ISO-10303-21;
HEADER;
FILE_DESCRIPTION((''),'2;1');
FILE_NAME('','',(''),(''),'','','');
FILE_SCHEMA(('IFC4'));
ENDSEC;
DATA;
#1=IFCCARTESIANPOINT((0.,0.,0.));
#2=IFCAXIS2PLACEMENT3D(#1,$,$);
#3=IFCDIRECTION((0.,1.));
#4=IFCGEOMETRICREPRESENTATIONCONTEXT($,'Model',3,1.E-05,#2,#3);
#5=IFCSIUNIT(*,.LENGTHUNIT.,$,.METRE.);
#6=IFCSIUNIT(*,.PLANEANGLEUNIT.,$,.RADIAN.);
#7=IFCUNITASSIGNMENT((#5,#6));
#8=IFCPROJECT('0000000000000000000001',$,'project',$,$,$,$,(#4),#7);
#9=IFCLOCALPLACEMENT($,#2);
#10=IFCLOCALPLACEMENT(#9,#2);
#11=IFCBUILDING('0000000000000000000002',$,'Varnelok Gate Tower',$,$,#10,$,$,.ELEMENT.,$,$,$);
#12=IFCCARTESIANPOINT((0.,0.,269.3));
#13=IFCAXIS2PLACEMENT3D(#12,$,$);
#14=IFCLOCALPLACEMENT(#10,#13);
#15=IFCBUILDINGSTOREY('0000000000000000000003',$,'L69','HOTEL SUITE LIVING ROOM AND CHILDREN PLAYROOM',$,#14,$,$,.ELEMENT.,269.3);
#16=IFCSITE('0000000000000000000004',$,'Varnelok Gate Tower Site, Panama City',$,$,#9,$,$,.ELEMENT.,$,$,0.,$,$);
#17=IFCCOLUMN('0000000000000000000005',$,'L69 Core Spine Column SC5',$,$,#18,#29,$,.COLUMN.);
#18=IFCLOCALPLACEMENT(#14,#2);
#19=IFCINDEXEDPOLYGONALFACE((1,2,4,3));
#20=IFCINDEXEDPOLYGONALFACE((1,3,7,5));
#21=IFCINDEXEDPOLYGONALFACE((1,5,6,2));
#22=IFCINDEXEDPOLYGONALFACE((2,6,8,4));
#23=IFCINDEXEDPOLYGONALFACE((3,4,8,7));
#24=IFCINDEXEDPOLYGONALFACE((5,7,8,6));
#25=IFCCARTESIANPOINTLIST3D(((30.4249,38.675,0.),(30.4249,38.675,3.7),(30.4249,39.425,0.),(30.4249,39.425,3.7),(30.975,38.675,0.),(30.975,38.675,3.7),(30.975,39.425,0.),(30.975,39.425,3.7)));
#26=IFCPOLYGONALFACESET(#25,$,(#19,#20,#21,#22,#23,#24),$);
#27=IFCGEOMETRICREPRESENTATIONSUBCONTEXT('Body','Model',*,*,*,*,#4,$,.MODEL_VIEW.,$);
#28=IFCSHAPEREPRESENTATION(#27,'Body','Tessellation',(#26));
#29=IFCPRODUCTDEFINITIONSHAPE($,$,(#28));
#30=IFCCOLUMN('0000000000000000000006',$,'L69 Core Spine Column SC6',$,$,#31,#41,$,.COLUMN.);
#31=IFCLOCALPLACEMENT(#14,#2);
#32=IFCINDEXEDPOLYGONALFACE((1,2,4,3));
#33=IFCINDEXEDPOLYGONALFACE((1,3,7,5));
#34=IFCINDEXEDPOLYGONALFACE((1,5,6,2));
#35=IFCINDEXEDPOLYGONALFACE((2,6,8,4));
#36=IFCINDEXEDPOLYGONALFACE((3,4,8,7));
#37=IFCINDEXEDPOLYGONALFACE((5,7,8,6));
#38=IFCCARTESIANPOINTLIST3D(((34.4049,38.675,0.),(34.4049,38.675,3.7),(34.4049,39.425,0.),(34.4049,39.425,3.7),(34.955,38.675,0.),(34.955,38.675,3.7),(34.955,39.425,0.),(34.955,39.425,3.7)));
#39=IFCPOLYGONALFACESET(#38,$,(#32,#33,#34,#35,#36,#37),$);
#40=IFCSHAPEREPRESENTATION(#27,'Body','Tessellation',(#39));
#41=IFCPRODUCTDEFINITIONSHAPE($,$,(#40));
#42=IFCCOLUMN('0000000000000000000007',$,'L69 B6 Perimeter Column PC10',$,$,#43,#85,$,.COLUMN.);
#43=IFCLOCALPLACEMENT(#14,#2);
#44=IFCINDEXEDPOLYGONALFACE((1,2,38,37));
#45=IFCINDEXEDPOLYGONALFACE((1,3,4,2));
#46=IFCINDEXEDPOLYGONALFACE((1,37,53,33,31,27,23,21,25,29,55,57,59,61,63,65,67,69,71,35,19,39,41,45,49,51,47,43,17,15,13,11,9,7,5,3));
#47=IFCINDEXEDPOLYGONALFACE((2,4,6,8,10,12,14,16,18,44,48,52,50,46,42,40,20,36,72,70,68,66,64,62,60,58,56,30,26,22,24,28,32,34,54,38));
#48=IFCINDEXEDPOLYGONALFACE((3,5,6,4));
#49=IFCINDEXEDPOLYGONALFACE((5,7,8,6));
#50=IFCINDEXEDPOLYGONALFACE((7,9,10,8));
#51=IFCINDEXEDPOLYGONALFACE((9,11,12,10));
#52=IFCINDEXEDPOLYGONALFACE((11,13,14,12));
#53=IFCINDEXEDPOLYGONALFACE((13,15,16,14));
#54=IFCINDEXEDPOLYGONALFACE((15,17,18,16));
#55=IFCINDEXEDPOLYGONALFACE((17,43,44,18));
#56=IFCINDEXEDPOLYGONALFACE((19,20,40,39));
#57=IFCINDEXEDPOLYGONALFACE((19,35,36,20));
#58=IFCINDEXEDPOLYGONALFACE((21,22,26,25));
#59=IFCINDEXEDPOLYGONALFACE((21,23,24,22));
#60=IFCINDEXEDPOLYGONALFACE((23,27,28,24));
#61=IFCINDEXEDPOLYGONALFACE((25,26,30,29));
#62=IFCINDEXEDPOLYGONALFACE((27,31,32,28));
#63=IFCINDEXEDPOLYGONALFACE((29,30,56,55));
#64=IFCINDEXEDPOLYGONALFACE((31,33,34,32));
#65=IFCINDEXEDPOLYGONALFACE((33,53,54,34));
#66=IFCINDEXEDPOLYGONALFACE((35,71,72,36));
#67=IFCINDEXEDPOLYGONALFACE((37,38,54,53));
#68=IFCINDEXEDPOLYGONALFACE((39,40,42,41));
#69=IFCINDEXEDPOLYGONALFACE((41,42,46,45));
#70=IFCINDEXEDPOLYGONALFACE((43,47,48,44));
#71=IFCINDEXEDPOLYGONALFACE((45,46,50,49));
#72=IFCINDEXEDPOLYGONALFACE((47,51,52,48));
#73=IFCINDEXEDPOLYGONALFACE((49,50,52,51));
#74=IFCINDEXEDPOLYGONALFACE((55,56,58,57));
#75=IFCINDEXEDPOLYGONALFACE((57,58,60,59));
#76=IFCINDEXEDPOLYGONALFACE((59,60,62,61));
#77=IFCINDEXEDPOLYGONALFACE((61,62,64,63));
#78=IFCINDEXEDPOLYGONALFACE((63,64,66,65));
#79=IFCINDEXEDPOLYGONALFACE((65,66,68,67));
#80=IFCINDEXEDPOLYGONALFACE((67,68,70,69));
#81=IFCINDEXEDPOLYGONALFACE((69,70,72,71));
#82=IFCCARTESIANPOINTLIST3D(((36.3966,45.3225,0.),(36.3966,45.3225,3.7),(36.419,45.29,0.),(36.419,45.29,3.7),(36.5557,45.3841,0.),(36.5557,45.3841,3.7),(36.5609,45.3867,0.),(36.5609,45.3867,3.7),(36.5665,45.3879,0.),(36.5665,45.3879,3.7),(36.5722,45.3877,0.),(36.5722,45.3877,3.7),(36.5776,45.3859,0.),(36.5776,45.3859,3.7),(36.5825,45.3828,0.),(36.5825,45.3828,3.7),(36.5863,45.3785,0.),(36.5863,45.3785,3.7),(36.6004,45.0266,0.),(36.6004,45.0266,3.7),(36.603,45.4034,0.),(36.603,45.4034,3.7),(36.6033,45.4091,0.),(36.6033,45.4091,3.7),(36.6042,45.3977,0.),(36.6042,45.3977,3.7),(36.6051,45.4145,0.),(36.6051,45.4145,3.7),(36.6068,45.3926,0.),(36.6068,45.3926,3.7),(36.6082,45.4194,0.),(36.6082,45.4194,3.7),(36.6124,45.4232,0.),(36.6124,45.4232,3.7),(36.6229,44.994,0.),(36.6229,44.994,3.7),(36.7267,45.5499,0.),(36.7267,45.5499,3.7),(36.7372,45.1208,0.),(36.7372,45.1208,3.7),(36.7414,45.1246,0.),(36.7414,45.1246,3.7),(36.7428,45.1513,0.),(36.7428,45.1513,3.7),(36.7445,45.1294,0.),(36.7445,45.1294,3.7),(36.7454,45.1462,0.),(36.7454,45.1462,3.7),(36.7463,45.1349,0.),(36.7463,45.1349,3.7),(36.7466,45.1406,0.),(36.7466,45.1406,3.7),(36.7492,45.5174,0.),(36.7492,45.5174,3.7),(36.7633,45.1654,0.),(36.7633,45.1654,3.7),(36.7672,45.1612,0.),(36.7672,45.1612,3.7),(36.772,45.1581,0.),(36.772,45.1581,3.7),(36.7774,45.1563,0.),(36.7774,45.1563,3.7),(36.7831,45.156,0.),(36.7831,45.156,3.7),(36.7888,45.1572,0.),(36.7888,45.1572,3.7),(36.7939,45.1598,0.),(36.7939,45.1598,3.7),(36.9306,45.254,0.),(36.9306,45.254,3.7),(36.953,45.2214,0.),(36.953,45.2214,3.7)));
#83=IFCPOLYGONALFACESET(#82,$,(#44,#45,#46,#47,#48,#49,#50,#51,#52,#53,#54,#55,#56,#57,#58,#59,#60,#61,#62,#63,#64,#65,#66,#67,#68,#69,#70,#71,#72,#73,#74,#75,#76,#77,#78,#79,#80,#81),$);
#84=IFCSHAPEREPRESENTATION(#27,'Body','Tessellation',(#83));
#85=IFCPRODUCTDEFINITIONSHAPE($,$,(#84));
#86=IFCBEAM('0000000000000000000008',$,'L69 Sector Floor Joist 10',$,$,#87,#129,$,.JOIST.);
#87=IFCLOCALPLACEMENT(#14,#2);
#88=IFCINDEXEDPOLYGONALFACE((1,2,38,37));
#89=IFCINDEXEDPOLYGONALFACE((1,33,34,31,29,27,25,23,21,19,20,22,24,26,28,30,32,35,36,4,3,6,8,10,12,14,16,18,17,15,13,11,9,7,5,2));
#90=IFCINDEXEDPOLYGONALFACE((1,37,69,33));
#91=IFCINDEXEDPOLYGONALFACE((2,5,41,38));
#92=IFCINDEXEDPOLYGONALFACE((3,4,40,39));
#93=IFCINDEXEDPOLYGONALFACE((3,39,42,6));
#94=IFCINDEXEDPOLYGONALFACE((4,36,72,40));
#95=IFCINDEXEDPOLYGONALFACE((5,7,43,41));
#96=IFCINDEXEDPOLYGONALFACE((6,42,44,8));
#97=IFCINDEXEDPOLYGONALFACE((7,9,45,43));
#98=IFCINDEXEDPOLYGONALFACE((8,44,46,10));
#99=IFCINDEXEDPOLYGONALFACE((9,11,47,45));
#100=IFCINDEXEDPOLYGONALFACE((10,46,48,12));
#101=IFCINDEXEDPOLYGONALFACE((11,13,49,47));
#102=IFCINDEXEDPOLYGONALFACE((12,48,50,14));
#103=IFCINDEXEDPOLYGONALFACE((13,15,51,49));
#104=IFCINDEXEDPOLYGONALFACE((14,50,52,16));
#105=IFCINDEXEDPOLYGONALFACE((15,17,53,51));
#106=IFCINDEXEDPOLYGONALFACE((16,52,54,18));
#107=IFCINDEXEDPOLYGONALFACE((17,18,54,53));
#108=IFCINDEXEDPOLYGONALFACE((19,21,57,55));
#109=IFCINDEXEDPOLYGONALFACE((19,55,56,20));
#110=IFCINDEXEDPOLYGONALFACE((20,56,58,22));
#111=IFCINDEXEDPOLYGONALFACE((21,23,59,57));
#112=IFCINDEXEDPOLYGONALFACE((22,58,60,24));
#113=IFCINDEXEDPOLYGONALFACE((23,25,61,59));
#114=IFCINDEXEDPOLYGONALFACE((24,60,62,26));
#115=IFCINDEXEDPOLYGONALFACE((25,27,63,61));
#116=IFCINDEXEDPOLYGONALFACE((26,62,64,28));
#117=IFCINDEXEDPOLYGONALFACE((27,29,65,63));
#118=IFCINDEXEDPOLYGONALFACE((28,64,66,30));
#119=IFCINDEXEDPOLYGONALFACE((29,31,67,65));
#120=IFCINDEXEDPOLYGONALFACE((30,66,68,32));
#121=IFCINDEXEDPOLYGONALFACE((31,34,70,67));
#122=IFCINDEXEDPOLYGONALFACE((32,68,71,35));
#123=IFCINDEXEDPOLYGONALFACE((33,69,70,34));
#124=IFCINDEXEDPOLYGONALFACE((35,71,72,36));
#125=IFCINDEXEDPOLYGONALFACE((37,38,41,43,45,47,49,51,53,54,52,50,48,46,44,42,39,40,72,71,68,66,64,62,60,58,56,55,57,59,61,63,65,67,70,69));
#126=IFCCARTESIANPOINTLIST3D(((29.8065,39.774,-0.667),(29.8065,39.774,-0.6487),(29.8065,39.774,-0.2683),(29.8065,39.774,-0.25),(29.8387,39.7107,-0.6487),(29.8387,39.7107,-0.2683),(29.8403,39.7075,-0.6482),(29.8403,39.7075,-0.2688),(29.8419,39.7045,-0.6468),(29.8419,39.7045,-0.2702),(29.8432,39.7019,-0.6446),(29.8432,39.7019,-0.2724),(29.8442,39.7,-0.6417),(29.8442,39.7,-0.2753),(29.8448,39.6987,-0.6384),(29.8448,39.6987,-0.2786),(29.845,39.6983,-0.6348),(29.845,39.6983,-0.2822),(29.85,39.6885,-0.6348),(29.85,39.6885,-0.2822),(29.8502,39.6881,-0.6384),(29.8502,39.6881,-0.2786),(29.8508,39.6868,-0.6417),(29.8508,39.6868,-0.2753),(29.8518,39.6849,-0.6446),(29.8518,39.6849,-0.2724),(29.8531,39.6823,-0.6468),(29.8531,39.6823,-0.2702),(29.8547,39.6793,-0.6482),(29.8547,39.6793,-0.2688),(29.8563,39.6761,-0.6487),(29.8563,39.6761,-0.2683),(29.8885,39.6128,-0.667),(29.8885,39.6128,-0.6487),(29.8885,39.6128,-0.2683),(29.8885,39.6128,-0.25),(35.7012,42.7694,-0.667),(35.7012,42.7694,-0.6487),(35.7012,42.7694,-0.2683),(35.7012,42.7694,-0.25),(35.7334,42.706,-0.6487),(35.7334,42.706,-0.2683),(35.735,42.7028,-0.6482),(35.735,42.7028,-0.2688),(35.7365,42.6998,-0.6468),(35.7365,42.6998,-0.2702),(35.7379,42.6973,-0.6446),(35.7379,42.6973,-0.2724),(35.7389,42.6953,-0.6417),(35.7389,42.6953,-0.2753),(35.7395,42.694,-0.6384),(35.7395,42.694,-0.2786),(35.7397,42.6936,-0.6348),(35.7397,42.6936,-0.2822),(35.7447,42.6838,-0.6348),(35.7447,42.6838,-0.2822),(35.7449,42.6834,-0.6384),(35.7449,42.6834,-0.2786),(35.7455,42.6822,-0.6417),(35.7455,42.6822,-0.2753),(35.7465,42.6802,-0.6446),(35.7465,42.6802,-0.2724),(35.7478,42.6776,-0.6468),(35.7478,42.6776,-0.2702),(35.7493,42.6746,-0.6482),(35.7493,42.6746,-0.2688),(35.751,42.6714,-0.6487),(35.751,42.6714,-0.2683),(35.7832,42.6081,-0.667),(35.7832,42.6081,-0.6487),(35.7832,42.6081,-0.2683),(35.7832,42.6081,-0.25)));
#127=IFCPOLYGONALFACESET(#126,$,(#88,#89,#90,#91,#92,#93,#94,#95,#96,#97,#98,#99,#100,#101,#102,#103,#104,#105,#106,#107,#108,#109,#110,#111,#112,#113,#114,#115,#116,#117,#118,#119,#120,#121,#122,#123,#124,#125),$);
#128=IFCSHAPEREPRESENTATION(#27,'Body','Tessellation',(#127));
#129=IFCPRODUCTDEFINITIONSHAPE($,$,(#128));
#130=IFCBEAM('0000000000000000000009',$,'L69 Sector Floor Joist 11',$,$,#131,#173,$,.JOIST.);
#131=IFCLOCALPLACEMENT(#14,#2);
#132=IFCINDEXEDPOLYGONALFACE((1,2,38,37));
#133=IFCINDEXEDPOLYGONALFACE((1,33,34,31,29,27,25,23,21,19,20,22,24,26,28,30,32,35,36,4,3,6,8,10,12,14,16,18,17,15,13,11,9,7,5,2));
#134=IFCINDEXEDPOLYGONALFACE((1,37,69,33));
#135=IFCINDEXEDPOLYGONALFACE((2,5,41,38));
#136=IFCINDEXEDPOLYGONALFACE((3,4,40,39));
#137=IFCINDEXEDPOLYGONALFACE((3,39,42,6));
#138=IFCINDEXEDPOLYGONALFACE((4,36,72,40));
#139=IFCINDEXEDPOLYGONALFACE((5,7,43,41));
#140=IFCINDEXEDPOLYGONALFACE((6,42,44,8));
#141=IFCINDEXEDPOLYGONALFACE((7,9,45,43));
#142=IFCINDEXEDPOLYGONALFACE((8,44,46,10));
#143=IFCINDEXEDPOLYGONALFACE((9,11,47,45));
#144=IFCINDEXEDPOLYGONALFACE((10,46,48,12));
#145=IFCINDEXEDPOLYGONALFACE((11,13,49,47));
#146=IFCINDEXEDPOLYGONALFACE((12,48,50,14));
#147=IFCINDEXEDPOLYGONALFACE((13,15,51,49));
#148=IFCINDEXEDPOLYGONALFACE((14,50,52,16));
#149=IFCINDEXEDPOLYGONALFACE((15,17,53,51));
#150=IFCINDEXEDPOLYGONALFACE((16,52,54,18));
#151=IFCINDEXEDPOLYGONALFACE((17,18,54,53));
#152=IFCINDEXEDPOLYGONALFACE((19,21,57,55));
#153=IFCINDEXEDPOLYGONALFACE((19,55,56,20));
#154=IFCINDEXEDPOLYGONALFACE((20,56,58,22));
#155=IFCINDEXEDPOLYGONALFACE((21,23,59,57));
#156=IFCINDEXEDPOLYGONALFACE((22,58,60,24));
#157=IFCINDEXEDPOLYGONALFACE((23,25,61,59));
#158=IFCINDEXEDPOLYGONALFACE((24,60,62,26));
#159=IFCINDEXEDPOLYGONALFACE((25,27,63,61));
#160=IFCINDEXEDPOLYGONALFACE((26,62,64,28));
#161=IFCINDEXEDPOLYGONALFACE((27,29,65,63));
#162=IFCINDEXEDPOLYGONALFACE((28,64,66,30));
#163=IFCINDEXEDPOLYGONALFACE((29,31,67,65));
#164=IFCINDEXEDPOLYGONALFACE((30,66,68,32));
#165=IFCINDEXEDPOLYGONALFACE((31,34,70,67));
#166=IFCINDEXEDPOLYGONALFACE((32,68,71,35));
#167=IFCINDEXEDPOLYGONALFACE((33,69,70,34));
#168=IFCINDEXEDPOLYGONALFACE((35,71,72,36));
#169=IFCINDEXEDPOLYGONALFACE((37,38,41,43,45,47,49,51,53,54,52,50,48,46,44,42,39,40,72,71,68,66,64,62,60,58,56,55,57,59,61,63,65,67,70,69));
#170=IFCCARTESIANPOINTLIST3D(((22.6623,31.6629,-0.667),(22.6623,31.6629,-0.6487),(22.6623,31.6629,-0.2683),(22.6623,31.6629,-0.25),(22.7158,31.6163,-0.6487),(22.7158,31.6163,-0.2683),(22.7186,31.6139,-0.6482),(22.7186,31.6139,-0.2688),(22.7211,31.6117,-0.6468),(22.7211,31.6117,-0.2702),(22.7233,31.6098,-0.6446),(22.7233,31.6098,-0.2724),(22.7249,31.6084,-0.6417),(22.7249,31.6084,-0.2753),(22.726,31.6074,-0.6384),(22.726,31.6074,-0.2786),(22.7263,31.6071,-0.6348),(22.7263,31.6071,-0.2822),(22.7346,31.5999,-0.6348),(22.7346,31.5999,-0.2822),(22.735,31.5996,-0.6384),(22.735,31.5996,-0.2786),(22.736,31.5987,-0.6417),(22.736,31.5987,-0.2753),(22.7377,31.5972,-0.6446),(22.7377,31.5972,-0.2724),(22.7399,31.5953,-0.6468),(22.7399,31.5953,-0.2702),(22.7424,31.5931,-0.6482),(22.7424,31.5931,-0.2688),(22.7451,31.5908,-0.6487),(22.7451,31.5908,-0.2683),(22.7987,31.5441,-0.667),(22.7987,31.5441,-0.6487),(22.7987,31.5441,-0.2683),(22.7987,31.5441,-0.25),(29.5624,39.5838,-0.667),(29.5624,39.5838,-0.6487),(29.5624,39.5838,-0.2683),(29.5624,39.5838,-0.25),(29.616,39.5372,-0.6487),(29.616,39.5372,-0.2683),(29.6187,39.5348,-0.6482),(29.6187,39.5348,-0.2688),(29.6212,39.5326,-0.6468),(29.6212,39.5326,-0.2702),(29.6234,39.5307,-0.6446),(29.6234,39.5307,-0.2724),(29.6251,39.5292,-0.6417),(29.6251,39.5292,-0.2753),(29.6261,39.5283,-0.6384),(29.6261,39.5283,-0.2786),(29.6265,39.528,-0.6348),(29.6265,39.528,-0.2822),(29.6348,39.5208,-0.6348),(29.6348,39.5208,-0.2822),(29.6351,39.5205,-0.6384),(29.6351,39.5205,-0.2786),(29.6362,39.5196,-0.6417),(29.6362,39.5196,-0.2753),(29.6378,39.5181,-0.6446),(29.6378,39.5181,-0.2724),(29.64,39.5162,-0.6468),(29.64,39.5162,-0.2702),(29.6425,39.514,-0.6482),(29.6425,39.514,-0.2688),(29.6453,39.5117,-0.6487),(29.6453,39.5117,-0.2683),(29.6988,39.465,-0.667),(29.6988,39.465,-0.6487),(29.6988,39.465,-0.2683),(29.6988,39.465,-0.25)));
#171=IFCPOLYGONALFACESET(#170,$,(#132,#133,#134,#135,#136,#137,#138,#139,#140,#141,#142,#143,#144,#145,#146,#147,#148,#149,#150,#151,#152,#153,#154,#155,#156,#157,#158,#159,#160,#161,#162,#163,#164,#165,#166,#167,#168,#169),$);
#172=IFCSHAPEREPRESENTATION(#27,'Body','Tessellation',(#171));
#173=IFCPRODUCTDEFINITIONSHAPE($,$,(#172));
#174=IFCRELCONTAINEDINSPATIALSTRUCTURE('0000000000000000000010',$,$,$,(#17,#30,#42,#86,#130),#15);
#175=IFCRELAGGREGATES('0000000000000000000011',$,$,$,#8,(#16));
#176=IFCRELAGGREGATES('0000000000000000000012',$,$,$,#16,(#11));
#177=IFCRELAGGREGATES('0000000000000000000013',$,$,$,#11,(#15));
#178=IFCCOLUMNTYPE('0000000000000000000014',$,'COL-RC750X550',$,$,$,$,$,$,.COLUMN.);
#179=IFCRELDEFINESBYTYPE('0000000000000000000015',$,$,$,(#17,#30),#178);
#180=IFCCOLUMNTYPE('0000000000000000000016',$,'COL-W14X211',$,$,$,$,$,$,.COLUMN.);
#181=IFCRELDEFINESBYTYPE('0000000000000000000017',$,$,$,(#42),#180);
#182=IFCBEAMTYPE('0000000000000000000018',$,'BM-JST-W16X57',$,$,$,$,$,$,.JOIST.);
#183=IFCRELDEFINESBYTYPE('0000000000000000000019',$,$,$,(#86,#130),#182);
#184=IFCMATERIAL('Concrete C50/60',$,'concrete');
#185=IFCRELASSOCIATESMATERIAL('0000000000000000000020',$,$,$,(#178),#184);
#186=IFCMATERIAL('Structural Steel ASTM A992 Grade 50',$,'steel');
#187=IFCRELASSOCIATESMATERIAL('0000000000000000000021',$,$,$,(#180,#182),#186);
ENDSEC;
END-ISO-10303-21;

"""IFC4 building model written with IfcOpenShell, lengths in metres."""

from ifc_helpers import new_model, si_unit, direction, frame, origin, origin_2d, place, context, subcontext, project, spatial, rectangle, i_section, extrude, material, material_profile, profile_set, type_object, element, save


model = new_model("IFC4")

# Units and contexts
model_context = context("Model", 3, precision=1e-05, world=origin(), true_north=direction((0.0, 1.0)))
body_context = subcontext(model_context, "Body", "Model", "MODEL_VIEW")
ifc_project = project(units=[si_unit("LENGTHUNIT", "METRE"), si_unit("PLANEANGLEUNIT", "RADIAN")], contexts=[model_context])

# Site, building, storey
site_placement = place(None, origin())
site = spatial("IfcSite", under=ifc_project, at=site_placement, Name="Varnelok Gate Tower Site, Panama City", CompositionType="ELEMENT", RefElevation=0.0)
building_placement = place(site_placement, origin())
building = spatial("IfcBuilding", under=site, at=building_placement, Name="Varnelok Gate Tower", CompositionType="ELEMENT")
storey_placement = place(building_placement, frame((0.0, 0.0, 269.3)))
storey = spatial("IfcBuildingStorey", under=building, at=storey_placement, Name="L69", Description="HOTEL SUITE LIVING ROOM AND CHILDREN PLAYROOM", CompositionType="ELEMENT", Elevation=269.3)

# Columns
ifc_material_1 = material(Name="Concrete C50/60", Category="concrete")
ifc_material_profile_1 = material_profile(ifc_material_1, rectangle(XDim=0.55, YDim=0.75, at=origin_2d()), Name="RC750X550")
ifc_profile_set_1 = profile_set([ifc_material_profile_1], Name="Concrete C50/60")
column_type_1 = type_object("IfcColumnType", Name="COL-RC750X550", PredefinedType="COLUMN", material=ifc_profile_set_1)
for number, where, z_axis, x_axis, name in (
    (1, (30.7, 39.05, 0.0), (0.0, 0.0, 1.0), (1.0, 0.0, 0.0), "L69 Core Spine Column SC5"),
    (2, (34.6799, 39.05, 0.0), (0.0, 0.0, 1.0), (1.0, 0.0, 0.0), "L69 Core Spine Column SC6"),
):
    element("IfcColumn", number, at=place(storey_placement, frame(where, z_axis=z_axis, x_axis=x_axis)), inside=storey, type_object=column_type_1, Name=name, PredefinedType="COLUMN", context=body_context, shape_type="SweptSolid", body=[
        extrude(rectangle(XDim=0.55, YDim=0.75, at=origin_2d()), origin(), (0.0, 0.0, 1.0), 3.7),
    ])
ifc_material_2 = material(Name="Structural Steel ASTM A992 Grade 50", Category="steel")
ifc_material_profile_2 = material_profile(ifc_material_2, i_section(OverallWidth=0.4009, OverallDepth=0.3989, WebThickness=0.0249, FlangeThickness=0.0396, FilletRadius=0.022, at=origin_2d()), Name="W14X211")
ifc_profile_set_2 = profile_set([ifc_material_profile_2], Name="Structural Steel ASTM A992 Grade 50")
column_type_2 = type_object("IfcColumnType", Name="COL-W14X211", PredefinedType="COLUMN", material=ifc_profile_set_2)
column_placement = place(storey_placement, frame((36.6748, 45.272, 0.0), z_axis=(0.0, 0.0, 1.0), x_axis=(0.823533, 0.567269, 0.0)))
element("IfcColumn", 3, at=column_placement, inside=storey, type_object=column_type_2, Name="L69 B6 Perimeter Column PC10", PredefinedType="COLUMN", context=body_context, shape_type="SweptSolid", body=[
    extrude(i_section(OverallWidth=0.4009, OverallDepth=0.3989, WebThickness=0.0249, FlangeThickness=0.0396, FilletRadius=0.022, at=origin_2d()), origin(), (0.0, 0.0, 1.0), 3.7),
])

# Beams
ifc_material_profile_3 = material_profile(ifc_material_2, i_section(OverallWidth=0.1809, OverallDepth=0.417, WebThickness=0.011, FlangeThickness=0.0183, FilletRadius=0.0139, at=origin_2d()), Name="W16X57")
ifc_profile_set_3 = profile_set([ifc_material_profile_3], Name="Structural Steel ASTM A992 Grade 50")
beam_type_1 = type_object("IfcBeamType", Name="BM-JST-W16X57", PredefinedType="JOIST", material=ifc_profile_set_3)
beam_1_placement = place(storey_placement, frame((35.7422, 42.6887, -0.4585), z_axis=(-0.891506, -0.453008, 0.0), x_axis=(0.453008, -0.891506, 0.0)))
element("IfcBeam", 4, at=beam_1_placement, inside=storey, type_object=beam_type_1, Name="L69 Sector Floor Joist 10", PredefinedType="JOIST", context=body_context, shape_type="SweptSolid", body=[
    extrude(i_section(OverallWidth=0.1809, OverallDepth=0.417, WebThickness=0.011, FlangeThickness=0.0183, FilletRadius=0.0139, at=origin_2d()), origin(), (0.0, 0.0, 1.0), 6.6121),
])
beam_2_placement = place(storey_placement, frame((29.6306, 39.5244, -0.4585), z_axis=(-0.656851, -0.75402, 0.0), x_axis=(0.75402, -0.656851, 0.0)))
element("IfcBeam", 5, at=beam_2_placement, inside=storey, type_object=beam_type_1, Name="L69 Sector Floor Joist 11", PredefinedType="JOIST", context=body_context, shape_type="SweptSolid", body=[
    extrude(i_section(OverallWidth=0.1809, OverallDepth=0.417, WebThickness=0.011, FlangeThickness=0.0183, FilletRadius=0.0139, at=origin_2d()), origin(), (0.0, 0.0, 1.0), 10.5049),
])

save(model, "model.ifc")
